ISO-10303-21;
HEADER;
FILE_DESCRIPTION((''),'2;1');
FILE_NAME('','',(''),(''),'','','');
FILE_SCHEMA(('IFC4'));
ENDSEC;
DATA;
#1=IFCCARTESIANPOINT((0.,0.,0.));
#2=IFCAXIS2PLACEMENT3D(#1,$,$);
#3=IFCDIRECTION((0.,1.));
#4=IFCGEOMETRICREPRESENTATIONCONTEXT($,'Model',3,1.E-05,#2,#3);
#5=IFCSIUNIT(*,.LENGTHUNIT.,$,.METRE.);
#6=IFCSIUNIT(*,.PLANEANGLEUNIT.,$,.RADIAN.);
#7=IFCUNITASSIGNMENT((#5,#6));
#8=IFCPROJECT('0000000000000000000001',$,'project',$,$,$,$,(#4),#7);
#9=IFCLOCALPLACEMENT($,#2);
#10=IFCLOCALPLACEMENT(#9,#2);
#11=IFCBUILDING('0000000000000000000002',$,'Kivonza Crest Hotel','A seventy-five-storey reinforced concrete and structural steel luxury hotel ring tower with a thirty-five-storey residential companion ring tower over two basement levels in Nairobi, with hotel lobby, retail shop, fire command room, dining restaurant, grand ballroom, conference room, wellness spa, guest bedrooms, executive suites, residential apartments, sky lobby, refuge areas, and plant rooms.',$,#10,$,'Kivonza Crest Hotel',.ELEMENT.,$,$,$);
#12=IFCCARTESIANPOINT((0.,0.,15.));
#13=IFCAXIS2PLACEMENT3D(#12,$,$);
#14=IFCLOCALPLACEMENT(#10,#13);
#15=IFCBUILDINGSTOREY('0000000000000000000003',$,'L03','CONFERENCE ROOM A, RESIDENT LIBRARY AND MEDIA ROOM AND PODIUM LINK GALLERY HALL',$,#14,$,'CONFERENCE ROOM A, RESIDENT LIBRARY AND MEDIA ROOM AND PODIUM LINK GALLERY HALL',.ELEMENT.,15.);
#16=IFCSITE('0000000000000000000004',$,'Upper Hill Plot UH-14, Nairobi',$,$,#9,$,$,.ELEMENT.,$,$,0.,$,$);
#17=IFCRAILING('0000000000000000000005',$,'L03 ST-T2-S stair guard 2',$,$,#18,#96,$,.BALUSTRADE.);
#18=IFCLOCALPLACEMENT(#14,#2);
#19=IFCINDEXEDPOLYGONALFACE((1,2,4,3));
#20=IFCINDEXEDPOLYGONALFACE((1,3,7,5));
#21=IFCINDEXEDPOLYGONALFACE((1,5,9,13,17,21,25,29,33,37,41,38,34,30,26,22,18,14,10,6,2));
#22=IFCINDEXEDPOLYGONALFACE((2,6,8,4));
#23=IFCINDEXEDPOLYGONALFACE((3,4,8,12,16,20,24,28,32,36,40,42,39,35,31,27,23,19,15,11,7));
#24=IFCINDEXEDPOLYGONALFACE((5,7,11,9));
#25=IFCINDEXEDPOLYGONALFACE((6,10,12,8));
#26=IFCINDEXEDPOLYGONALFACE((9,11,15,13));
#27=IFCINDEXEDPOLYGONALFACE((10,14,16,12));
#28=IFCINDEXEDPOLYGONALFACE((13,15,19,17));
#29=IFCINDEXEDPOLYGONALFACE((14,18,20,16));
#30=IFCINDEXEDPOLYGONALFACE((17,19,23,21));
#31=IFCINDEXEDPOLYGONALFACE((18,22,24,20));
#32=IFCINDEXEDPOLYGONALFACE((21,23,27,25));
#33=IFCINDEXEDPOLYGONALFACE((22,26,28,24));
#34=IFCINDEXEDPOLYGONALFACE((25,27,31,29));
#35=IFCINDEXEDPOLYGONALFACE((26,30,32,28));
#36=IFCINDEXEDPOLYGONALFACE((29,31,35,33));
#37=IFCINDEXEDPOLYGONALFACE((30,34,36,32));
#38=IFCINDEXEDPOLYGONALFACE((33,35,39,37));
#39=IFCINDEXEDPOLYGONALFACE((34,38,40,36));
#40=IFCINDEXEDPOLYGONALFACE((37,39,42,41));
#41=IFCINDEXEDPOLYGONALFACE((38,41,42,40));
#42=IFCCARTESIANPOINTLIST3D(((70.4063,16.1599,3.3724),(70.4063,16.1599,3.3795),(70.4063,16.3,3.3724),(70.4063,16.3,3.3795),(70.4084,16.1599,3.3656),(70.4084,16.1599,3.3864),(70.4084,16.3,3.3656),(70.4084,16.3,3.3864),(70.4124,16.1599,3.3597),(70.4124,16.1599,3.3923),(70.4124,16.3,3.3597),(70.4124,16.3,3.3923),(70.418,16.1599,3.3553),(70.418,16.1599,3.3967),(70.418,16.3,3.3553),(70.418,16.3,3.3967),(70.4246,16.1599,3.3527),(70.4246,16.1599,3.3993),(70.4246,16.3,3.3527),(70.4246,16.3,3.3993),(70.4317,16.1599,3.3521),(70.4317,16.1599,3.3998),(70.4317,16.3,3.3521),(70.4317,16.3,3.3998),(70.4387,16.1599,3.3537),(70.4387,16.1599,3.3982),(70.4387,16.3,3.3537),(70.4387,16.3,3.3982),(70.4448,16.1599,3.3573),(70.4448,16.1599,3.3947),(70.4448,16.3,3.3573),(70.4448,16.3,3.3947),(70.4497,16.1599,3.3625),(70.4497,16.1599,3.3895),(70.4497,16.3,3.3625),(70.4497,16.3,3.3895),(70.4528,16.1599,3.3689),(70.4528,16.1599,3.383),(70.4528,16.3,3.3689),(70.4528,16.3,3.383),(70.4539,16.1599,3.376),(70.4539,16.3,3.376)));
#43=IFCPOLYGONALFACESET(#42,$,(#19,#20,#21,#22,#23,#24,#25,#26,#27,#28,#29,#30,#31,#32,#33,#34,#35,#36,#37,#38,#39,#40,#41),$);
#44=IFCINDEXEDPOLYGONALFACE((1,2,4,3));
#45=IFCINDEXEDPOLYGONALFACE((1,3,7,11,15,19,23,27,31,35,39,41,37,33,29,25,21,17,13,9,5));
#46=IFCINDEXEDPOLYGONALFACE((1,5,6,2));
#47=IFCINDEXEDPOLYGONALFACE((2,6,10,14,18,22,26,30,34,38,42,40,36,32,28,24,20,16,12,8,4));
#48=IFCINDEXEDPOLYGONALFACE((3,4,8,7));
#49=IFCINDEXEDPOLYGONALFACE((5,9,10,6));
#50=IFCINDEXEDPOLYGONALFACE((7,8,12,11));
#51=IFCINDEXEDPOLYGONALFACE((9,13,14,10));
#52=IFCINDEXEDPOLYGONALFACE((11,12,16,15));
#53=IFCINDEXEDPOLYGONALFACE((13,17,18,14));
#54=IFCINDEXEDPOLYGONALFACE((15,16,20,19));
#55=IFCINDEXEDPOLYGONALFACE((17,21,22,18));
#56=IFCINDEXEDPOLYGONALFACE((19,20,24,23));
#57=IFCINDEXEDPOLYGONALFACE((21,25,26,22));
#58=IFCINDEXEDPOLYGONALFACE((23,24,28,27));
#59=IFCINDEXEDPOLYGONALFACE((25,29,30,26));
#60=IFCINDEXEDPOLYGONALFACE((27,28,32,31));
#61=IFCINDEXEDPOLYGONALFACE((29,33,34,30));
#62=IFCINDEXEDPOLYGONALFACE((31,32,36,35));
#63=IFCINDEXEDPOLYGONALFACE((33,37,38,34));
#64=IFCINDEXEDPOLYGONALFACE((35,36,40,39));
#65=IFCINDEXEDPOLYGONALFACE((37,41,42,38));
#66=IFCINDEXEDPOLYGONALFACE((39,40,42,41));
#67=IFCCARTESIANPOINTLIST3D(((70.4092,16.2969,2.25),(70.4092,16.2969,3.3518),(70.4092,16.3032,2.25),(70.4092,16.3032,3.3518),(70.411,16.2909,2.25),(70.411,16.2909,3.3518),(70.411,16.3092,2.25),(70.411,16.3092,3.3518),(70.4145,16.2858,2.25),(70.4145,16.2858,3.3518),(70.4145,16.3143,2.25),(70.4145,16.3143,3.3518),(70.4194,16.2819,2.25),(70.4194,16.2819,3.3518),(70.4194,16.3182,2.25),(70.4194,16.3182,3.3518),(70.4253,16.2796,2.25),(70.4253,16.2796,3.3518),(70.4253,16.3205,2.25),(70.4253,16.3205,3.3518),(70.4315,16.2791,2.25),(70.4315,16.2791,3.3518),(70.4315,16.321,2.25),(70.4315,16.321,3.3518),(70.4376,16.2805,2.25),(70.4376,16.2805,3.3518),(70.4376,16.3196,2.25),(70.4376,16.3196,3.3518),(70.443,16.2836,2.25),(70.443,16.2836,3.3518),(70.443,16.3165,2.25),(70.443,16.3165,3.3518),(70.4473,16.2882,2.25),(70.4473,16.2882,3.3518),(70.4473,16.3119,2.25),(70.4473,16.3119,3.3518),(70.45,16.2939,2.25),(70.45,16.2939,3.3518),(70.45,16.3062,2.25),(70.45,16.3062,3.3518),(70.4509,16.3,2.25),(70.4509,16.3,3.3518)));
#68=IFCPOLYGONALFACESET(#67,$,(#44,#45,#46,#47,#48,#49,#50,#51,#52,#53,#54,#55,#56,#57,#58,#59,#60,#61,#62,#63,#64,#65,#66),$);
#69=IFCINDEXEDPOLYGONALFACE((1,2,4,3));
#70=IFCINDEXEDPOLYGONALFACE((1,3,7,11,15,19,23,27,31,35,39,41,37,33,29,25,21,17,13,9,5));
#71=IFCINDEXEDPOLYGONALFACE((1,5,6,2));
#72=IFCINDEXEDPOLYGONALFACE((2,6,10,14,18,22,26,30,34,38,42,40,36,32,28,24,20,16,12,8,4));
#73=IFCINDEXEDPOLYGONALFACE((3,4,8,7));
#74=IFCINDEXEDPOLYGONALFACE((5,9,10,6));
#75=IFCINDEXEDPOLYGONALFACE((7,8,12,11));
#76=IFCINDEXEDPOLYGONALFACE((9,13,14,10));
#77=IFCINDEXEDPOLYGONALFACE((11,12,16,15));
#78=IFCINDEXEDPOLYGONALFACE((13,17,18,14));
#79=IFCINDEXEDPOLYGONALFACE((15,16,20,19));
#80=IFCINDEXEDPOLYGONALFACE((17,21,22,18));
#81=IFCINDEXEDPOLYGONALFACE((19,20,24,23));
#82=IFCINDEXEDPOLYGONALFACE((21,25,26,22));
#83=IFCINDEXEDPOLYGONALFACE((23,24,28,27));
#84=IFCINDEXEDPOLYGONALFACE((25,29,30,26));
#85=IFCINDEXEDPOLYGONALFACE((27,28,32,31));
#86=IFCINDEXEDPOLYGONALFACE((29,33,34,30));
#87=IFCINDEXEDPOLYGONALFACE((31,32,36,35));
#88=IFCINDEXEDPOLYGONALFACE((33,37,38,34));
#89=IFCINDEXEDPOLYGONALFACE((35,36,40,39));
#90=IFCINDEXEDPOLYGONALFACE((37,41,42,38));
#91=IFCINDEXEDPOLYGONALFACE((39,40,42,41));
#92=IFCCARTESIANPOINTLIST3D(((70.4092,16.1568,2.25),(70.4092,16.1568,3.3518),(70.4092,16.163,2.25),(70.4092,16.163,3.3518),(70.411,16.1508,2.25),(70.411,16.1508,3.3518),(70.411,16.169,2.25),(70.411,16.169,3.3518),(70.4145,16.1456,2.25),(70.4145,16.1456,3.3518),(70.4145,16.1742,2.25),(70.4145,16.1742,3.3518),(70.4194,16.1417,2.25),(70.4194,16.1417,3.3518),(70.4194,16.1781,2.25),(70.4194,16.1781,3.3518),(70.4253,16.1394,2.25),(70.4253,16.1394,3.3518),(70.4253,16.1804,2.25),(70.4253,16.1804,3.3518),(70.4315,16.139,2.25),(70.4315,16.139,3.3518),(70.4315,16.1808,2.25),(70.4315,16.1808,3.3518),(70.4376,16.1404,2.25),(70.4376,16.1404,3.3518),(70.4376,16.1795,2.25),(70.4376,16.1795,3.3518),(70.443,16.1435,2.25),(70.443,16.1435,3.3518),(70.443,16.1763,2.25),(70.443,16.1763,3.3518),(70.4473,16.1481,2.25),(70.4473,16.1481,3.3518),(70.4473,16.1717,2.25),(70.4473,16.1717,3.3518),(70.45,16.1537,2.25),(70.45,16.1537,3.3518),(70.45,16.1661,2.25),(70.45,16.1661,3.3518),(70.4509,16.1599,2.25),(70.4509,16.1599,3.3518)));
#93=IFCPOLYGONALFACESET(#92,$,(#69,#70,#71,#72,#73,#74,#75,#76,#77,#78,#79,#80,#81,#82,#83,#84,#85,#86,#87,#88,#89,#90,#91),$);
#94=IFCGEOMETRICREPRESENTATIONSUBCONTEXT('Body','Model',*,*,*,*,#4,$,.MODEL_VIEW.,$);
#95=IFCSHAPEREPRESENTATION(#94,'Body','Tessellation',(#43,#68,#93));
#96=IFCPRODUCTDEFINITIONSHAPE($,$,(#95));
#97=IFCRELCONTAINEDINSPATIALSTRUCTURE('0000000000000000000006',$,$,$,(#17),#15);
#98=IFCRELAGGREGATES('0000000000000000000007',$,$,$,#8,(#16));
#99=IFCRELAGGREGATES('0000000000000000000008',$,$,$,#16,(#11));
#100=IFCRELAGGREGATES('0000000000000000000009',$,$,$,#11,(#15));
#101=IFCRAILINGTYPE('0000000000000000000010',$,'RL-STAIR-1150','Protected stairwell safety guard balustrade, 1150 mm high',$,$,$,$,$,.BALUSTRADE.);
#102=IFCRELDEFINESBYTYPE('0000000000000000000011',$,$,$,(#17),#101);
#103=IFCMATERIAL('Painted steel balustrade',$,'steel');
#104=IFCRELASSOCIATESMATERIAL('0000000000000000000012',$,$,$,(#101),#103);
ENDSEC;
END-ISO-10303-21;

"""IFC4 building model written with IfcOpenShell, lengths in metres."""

from ifc_helpers import new_model, si_unit, direction, frame, origin, origin_2d, place, context, subcontext, project, spatial, circle, extrude, material, type_object, element, save


model = new_model("IFC4")

# Units and contexts
model_context = context("Model", 3, precision=1e-05, world=origin(), true_north=direction((0.0, 1.0)))
body_context = subcontext(model_context, "Body", "Model", "MODEL_VIEW")
ifc_project = project(units=[si_unit("LENGTHUNIT", "METRE"), si_unit("PLANEANGLEUNIT", "RADIAN")], contexts=[model_context])

# Site, building, storey
site_placement = place(None, origin())
site = spatial("IfcSite", under=ifc_project, at=site_placement, Name="Upper Hill Plot UH-14, Nairobi", CompositionType="ELEMENT", RefElevation=0.0)
building_placement = place(site_placement, origin())
building = spatial("IfcBuilding", under=site, at=building_placement, Name="Kivonza Crest Hotel", Description="A seventy-five-storey reinforced concrete and structural steel luxury hotel ring tower with a thirty-five-storey residential companion ring tower over two basement levels in Nairobi, with hotel lobby, retail shop, fire command room, dining restaurant, grand ballroom, conference room, wellness spa, guest bedrooms, executive suites, residential apartments, sky lobby, refuge areas, and plant rooms.", LongName="Kivonza Crest Hotel", CompositionType="ELEMENT")
storey_placement = place(building_placement, frame((0.0, 0.0, 15.0)))
storey = spatial("IfcBuildingStorey", under=building, at=storey_placement, Name="L03", Description="CONFERENCE ROOM A, RESIDENT LIBRARY AND MEDIA ROOM AND PODIUM LINK GALLERY HALL", LongName="CONFERENCE ROOM A, RESIDENT LIBRARY AND MEDIA ROOM AND PODIUM LINK GALLERY HALL", CompositionType="ELEMENT", Elevation=15.0)

# Railing
ifc_material_1 = material(Name="Painted steel balustrade", Category="steel")
railing_type_1 = type_object("IfcRailingType", Name="RL-STAIR-1150", Description="Protected stairwell safety guard balustrade, 1150 mm high", PredefinedType="BALUSTRADE", material=ifc_material_1)
railing_1_placement = place(storey_placement, frame((70.4299, 16.3, 2.25)))
element("IfcRailing", 1, at=railing_1_placement, inside=storey, type_object=railing_type_1, Name="L03 ST-T2-S stair guard 2", PredefinedType="BALUSTRADE", context=body_context, shape_type="SweptSolid", body=[
    extrude(circle(Radius=0.0239, at=origin_2d()), frame((0.0, 0.0, 1.126), z_axis=(0.0, -1.0, 0.0), x_axis=(1.0, 0.0, 0.0)), (0.0, 0.0, 1.0), 0.1401),
    extrude(circle(Radius=0.021, at=origin_2d()), origin(), (0.0, 0.0, 1.0), 1.1018),
    extrude(circle(Radius=0.021, at=origin_2d()), frame((0.0, -0.1401, 0.0)), (0.0, 0.0, 1.0), 1.1018),
])

save(model, "model.ifc")
